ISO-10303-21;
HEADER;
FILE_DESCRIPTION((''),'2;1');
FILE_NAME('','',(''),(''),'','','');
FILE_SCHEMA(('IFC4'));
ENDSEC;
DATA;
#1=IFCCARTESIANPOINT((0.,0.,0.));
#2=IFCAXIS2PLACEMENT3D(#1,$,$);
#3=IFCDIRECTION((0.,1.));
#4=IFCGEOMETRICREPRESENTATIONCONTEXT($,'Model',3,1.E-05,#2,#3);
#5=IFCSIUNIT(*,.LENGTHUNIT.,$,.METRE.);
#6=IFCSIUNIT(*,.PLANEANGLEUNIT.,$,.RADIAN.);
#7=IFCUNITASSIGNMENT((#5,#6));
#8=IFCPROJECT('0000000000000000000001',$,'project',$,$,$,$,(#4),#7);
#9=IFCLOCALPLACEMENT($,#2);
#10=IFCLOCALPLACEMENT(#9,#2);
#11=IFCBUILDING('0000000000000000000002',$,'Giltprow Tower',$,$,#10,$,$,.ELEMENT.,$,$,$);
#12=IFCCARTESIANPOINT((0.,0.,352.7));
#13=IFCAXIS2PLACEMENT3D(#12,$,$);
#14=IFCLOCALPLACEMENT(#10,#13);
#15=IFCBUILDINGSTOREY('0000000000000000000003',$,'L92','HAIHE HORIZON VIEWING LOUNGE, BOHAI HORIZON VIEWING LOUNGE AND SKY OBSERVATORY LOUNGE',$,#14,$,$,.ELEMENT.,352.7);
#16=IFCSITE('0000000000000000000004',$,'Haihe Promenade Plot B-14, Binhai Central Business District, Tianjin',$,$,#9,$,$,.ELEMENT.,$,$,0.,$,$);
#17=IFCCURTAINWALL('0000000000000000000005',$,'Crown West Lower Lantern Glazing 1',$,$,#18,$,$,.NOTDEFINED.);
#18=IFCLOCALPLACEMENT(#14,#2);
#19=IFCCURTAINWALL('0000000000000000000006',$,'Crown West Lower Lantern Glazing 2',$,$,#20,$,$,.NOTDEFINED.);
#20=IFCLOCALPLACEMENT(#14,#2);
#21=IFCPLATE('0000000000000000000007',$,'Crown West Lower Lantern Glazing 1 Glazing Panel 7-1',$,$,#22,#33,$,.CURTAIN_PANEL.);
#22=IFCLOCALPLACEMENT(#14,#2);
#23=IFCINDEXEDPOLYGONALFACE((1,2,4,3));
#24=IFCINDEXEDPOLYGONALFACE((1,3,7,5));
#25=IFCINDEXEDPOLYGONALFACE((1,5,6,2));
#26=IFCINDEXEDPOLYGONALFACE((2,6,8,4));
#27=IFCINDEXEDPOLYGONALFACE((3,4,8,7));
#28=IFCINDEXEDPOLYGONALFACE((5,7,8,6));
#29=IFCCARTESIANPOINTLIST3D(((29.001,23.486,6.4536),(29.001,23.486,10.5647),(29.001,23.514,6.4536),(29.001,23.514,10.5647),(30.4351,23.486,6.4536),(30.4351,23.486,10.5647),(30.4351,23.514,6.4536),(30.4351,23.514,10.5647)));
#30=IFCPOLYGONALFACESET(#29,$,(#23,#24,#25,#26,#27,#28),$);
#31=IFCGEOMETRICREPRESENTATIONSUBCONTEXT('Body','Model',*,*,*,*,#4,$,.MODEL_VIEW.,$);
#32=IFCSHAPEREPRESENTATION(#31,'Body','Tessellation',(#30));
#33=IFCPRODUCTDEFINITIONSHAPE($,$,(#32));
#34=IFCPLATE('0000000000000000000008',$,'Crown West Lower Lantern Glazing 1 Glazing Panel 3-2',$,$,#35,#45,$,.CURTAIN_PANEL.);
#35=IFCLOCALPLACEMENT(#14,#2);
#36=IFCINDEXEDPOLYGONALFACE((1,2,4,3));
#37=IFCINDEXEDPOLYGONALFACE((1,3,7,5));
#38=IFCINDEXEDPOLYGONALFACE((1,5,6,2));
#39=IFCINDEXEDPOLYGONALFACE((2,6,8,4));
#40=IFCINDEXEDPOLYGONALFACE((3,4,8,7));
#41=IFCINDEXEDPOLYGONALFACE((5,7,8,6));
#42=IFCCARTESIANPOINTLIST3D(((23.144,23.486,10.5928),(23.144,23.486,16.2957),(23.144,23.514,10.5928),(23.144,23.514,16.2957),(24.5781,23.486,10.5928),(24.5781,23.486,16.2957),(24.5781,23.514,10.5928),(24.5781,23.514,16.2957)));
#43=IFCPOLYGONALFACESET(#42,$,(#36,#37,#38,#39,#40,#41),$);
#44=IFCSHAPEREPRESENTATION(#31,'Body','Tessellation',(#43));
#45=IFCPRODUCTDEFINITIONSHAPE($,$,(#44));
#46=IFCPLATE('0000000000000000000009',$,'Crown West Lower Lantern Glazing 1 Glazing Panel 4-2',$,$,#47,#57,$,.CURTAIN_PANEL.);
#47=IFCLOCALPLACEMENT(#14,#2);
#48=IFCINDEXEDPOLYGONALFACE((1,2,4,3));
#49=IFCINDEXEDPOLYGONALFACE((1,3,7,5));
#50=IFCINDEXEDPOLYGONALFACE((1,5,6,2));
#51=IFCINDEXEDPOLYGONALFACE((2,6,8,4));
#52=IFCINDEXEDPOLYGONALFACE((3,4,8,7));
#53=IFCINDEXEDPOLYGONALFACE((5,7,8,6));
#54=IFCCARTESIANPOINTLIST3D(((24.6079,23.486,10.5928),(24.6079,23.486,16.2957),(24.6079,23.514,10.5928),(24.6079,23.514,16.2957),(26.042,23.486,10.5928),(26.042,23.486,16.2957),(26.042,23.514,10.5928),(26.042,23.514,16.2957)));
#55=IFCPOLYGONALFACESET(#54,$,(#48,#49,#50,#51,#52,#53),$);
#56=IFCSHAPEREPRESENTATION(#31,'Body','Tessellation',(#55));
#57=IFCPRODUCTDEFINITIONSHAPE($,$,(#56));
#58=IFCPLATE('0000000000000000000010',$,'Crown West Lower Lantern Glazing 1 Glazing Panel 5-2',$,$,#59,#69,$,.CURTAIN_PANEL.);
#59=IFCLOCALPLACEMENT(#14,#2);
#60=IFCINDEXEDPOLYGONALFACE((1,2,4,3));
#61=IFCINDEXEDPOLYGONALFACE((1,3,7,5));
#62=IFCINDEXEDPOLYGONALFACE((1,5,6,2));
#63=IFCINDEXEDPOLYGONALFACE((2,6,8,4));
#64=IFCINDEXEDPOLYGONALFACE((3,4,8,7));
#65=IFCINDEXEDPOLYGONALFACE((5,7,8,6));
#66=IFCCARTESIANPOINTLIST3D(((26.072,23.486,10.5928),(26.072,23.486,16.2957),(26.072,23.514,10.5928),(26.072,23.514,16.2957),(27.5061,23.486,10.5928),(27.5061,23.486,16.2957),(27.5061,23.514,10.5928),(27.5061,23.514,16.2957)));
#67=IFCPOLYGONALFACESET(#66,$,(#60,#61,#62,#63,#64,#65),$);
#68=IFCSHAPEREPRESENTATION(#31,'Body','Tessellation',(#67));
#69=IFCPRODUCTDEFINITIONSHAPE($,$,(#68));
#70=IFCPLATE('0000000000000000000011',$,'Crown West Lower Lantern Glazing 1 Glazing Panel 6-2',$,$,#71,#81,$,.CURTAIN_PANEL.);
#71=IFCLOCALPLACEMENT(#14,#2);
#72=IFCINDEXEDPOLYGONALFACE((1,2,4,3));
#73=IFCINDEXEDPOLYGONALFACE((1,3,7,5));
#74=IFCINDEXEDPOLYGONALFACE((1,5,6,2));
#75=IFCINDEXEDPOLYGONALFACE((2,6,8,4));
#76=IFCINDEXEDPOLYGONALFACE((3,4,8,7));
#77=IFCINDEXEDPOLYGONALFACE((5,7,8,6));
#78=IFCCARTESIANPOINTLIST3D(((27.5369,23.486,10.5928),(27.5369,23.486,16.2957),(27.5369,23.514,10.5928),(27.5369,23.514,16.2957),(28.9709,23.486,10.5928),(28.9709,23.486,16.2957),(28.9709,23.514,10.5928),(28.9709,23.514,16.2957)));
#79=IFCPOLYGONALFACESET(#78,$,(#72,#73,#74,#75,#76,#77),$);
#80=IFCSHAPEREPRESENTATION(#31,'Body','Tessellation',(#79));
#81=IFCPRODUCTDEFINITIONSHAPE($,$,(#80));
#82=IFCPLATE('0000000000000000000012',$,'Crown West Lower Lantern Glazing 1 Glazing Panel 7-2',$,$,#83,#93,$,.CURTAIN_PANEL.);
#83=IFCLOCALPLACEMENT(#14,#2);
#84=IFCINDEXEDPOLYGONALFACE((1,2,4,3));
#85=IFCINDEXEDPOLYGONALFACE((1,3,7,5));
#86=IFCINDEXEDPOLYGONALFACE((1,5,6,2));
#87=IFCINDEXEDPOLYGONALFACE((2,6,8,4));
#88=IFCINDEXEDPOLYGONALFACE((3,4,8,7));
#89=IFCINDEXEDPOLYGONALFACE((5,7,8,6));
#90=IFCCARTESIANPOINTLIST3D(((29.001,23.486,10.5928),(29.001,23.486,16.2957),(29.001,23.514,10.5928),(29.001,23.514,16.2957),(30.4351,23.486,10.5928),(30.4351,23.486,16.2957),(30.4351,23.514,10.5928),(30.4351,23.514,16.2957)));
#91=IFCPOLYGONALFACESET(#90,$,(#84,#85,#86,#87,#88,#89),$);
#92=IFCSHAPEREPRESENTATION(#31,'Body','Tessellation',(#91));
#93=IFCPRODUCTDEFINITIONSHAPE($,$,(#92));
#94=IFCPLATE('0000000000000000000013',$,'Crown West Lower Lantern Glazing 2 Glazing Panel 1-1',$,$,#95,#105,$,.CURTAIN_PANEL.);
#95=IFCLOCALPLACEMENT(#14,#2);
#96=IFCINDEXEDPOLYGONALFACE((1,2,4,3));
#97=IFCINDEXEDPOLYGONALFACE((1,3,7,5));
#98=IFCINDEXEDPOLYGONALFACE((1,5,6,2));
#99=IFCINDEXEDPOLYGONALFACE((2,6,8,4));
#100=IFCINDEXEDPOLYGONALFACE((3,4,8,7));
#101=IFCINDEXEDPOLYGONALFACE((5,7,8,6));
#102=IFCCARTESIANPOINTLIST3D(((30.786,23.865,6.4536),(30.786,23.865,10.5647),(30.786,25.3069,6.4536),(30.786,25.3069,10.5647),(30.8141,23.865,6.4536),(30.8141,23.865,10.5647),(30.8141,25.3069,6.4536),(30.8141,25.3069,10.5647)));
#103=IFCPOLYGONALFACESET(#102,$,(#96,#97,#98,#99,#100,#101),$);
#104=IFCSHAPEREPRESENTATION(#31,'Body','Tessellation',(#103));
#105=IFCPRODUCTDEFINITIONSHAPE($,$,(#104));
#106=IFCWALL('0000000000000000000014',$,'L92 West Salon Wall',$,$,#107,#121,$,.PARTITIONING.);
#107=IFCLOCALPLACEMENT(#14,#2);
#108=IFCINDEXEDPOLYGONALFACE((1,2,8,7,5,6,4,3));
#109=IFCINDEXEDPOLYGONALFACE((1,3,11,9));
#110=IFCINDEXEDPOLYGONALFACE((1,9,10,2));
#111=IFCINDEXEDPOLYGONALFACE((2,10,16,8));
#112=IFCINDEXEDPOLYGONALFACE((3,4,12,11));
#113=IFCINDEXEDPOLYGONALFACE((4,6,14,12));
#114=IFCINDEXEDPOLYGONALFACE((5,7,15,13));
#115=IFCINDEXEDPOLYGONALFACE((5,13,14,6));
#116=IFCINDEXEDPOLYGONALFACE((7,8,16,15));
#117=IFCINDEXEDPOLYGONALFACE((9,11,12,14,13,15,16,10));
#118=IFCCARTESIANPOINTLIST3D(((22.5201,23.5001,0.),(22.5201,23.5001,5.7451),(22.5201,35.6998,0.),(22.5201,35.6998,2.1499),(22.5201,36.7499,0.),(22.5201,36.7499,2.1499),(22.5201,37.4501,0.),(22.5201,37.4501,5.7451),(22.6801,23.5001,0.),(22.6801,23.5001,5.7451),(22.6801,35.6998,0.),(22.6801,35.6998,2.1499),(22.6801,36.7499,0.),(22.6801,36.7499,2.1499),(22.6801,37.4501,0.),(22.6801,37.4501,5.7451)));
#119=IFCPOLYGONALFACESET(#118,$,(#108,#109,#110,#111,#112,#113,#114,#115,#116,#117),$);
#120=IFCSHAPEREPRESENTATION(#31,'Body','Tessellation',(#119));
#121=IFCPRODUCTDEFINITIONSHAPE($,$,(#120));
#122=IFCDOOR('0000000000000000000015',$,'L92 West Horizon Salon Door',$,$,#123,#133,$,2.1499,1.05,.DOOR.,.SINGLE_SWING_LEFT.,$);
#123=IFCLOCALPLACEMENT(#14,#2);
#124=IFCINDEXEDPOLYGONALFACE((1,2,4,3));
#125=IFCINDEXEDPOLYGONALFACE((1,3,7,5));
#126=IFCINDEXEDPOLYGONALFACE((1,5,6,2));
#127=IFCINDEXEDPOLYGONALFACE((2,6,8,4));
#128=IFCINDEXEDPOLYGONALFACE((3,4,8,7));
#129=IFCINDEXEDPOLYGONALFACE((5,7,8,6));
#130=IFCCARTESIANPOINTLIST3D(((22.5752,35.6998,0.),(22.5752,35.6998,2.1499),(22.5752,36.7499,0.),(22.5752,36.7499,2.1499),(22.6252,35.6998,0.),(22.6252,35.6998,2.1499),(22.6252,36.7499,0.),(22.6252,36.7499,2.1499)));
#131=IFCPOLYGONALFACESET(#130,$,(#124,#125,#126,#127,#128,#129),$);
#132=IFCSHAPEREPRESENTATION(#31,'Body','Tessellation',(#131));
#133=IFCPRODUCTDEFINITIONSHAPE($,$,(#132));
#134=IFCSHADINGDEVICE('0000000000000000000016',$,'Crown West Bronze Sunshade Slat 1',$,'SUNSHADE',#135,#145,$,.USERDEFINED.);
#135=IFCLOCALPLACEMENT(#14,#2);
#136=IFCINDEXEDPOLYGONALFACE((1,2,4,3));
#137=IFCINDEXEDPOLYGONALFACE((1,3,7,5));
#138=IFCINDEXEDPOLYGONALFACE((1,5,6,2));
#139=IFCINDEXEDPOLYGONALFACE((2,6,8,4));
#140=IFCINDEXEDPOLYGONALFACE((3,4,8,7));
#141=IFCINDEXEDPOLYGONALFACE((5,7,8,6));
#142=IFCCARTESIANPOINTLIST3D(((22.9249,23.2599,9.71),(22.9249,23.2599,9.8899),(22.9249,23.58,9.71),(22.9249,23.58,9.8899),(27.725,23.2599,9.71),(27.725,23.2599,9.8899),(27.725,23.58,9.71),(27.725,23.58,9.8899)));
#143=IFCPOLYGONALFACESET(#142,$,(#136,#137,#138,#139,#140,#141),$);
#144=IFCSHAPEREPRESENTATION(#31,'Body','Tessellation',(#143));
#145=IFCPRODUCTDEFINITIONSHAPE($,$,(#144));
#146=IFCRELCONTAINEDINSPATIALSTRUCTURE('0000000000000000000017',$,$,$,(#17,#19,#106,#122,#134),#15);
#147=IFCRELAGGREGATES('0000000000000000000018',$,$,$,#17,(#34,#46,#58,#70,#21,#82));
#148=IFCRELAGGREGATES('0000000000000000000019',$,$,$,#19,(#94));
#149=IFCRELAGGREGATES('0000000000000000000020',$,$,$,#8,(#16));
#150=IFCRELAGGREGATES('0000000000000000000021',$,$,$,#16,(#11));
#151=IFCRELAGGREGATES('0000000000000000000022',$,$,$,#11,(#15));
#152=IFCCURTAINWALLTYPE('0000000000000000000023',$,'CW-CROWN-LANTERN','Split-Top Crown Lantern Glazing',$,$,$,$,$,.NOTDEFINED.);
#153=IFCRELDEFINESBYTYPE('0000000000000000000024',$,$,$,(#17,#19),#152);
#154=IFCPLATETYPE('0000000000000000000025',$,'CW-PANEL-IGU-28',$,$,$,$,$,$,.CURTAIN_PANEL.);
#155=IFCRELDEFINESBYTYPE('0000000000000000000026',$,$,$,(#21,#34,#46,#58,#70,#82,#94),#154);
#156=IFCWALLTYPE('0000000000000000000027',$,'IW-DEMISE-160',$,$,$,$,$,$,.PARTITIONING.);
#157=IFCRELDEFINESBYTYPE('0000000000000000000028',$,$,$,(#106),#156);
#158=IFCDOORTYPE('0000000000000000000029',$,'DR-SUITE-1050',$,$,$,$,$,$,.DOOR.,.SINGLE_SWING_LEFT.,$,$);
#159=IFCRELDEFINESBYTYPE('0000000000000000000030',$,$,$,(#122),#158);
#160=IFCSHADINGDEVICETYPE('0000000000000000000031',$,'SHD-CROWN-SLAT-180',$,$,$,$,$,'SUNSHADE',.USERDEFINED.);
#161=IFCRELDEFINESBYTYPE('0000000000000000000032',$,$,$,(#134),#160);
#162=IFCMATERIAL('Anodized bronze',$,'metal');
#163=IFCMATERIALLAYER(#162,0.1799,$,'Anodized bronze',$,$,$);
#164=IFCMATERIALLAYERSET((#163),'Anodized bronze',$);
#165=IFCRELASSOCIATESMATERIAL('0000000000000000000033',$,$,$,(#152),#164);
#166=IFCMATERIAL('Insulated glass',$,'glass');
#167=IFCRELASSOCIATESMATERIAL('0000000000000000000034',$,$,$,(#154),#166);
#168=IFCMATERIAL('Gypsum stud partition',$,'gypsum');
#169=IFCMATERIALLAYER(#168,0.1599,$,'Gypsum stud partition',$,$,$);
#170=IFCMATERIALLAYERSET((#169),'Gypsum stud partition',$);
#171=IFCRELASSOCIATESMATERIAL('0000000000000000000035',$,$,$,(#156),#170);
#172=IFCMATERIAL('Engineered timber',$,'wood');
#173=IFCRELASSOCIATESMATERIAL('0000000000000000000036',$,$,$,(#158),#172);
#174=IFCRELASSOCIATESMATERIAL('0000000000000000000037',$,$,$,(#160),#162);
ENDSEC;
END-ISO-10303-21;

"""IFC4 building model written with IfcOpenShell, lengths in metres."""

from ifc_helpers import new_model, si_unit, direction, frame, frame_2d, origin, origin_2d, place, context, subcontext, project, spatial, rectangle, extrude, source, transform, mapped, material, layer, layer_set, type_object, element, fill, aggregate, save


model = new_model("IFC4")

# Units and contexts
model_context = context("Model", 3, precision=1e-05, world=origin(), true_north=direction((0.0, 1.0)))
body_context = subcontext(model_context, "Body", "Model", "MODEL_VIEW")
ifc_project = project(units=[si_unit("LENGTHUNIT", "METRE"), si_unit("PLANEANGLEUNIT", "RADIAN")], contexts=[model_context])

# Site, building, storey
site_placement = place(None, origin())
site = spatial("IfcSite", under=ifc_project, at=site_placement, Name="Haihe Promenade Plot B-14, Binhai Central Business District, Tianjin", CompositionType="ELEMENT", RefElevation=0.0)
building_placement = place(site_placement, origin())
building = spatial("IfcBuilding", under=site, at=building_placement, Name="Giltprow Tower", CompositionType="ELEMENT")
storey_placement = place(building_placement, frame((0.0, 0.0, 352.7)))
storey = spatial("IfcBuildingStorey", under=building, at=storey_placement, Name="L92", Description="HAIHE HORIZON VIEWING LOUNGE, BOHAI HORIZON VIEWING LOUNGE AND SKY OBSERVATORY LOUNGE", CompositionType="ELEMENT", Elevation=352.7)

# Curtain walls
ifc_material_1 = material(Name="Anodized bronze", Category="metal")
ifc_layer_1 = layer(ifc_material_1, 0.1799, Name="Anodized bronze")
ifc_layer_set_1 = layer_set([ifc_layer_1], Name="Anodized bronze")
curtain_wall_type = type_object("IfcCurtainWallType", Name="CW-CROWN-LANTERN", Description="Split-Top Crown Lantern Glazing", PredefinedType="NOTDEFINED", material=ifc_layer_set_1)
curtain_wall_1_placement = place(storey_placement, origin())
curtain_wall_1 = element("IfcCurtainWall", 1, at=curtain_wall_1_placement, inside=storey, type_object=curtain_wall_type, Name="Crown West Lower Lantern Glazing 1", PredefinedType="NOTDEFINED")
curtain_wall_2_placement = place(storey_placement, origin())
curtain_wall_2 = element("IfcCurtainWall", 2, at=curtain_wall_2_placement, inside=storey, type_object=curtain_wall_type, Name="Crown West Lower Lantern Glazing 2", PredefinedType="NOTDEFINED")

# Plates
ifc_material_2 = material(Name="Insulated glass", Category="glass")
plate_type_1 = type_object("IfcPlateType", Name="CW-PANEL-IGU-28", PredefinedType="CURTAIN_PANEL", material=ifc_material_2)
shared_shape_1 = source(origin(), body_context, "Body", "SweptSolid", [
    extrude(rectangle(XDim=1.4341, YDim=0.0281, at=origin_2d()), origin(), (0.0, 0.0, 1.0), 4.1111),
])
plate_1_placement = place(storey_placement, frame((29.718, 23.5, 6.4536), z_axis=(0.0, 0.0, 1.0), x_axis=(1.0, 0.0, 0.0)))
plate_1 = element("IfcPlate", 3, at=plate_1_placement, type_object=plate_type_1, Name="Crown West Lower Lantern Glazing 1 Glazing Panel 7-1", PredefinedType="CURTAIN_PANEL", context=body_context, shape_type="MappedRepresentation", body=[
    mapped(shared_shape_1, transform((0.0, 0.0, 0.0), x_axis=(1.0, 0.0, 0.0), y_axis=(0.0, 1.0, 0.0), z_axis=(0.0, 0.0, 1.0), scale=1.0)),
])
shared_shape_2 = source(origin(), body_context, "Body", "SweptSolid", [
    extrude(rectangle(XDim=1.4341, YDim=0.0281, at=origin_2d()), origin(), (0.0, 0.0, 1.0), 5.7029),
])
plate_2_placement = place(storey_placement, frame((23.8611, 23.5, 10.5928), z_axis=(0.0, 0.0, 1.0), x_axis=(1.0, 0.0, 0.0)))
plate_2 = element("IfcPlate", 4, at=plate_2_placement, type_object=plate_type_1, Name="Crown West Lower Lantern Glazing 1 Glazing Panel 3-2", PredefinedType="CURTAIN_PANEL", context=body_context, shape_type="MappedRepresentation", body=[
    mapped(shared_shape_2, transform((0.0, 0.0, 0.0), x_axis=(1.0, 0.0, 0.0), y_axis=(0.0, 1.0, 0.0), z_axis=(0.0, 0.0, 1.0), scale=1.0)),
])
plate_3_placement = place(storey_placement, frame((25.325, 23.5, 10.5928), z_axis=(0.0, 0.0, 1.0), x_axis=(1.0, 0.0, 0.0)))
plate_3 = element("IfcPlate", 5, at=plate_3_placement, type_object=plate_type_1, Name="Crown West Lower Lantern Glazing 1 Glazing Panel 4-2", PredefinedType="CURTAIN_PANEL", context=body_context, shape_type="MappedRepresentation", body=[
    mapped(shared_shape_2, transform((0.0, 0.0, 0.0), x_axis=(1.0, 0.0, 0.0), y_axis=(0.0, 1.0, 0.0), z_axis=(0.0, 0.0, 1.0), scale=1.0)),
])
plate_4_placement = place(storey_placement, frame((26.7891, 23.5, 10.5928), z_axis=(0.0, 0.0, 1.0), x_axis=(1.0, 0.0, 0.0)))
plate_4 = element("IfcPlate", 6, at=plate_4_placement, type_object=plate_type_1, Name="Crown West Lower Lantern Glazing 1 Glazing Panel 5-2", PredefinedType="CURTAIN_PANEL", context=body_context, shape_type="MappedRepresentation", body=[
    mapped(shared_shape_2, transform((0.0, 0.0, 0.0), x_axis=(1.0, 0.0, 0.0), y_axis=(0.0, 1.0, 0.0), z_axis=(0.0, 0.0, 1.0), scale=1.0)),
])
plate_5_placement = place(storey_placement, frame((28.2539, 23.5, 10.5928), z_axis=(0.0, 0.0, 1.0), x_axis=(1.0, 0.0, 0.0)))
plate_5 = element("IfcPlate", 7, at=plate_5_placement, type_object=plate_type_1, Name="Crown West Lower Lantern Glazing 1 Glazing Panel 6-2", PredefinedType="CURTAIN_PANEL", context=body_context, shape_type="MappedRepresentation", body=[
    mapped(shared_shape_2, transform((0.0, 0.0, 0.0), x_axis=(1.0, 0.0, 0.0), y_axis=(0.0, 1.0, 0.0), z_axis=(0.0, 0.0, 1.0), scale=1.0)),
])
plate_6_placement = place(storey_placement, frame((29.718, 23.5, 10.5928), z_axis=(0.0, 0.0, 1.0), x_axis=(1.0, 0.0, 0.0)))
plate_6 = element("IfcPlate", 8, at=plate_6_placement, type_object=plate_type_1, Name="Crown West Lower Lantern Glazing 1 Glazing Panel 7-2", PredefinedType="CURTAIN_PANEL", context=body_context, shape_type="MappedRepresentation", body=[
    mapped(shared_shape_2, transform((0.0, 0.0, 0.0), x_axis=(1.0, 0.0, 0.0), y_axis=(0.0, 1.0, 0.0), z_axis=(0.0, 0.0, 1.0), scale=1.0)),
])
aggregate(curtain_wall_1, [plate_2, plate_3, plate_4, plate_5, plate_1, plate_6])
shared_shape_3 = source(origin(), body_context, "Body", "SweptSolid", [
    extrude(rectangle(XDim=1.4419, YDim=0.0281, at=origin_2d()), origin(), (0.0, 0.0, 1.0), 4.1111),
])
plate_7_placement = place(storey_placement, frame((30.8, 24.5859, 6.4536), z_axis=(0.0, 0.0, 1.0), x_axis=(0.0, 1.0, 0.0)))
plate_7 = element("IfcPlate", 9, at=plate_7_placement, type_object=plate_type_1, Name="Crown West Lower Lantern Glazing 2 Glazing Panel 1-1", PredefinedType="CURTAIN_PANEL", context=body_context, shape_type="MappedRepresentation", body=[
    mapped(shared_shape_3, transform((0.0, 0.0, 0.0), x_axis=(1.0, 0.0, 0.0), y_axis=(0.0, 1.0, 0.0), z_axis=(0.0, 0.0, 1.0), scale=1.0)),
])
aggregate(curtain_wall_2, [plate_7])

# Wall, opening, door
ifc_material_3 = material(Name="Gypsum stud partition", Category="gypsum")
ifc_layer_2 = layer(ifc_material_3, 0.1599, Name="Gypsum stud partition")
ifc_layer_set_2 = layer_set([ifc_layer_2], Name="Gypsum stud partition")
wall_type = type_object("IfcWallType", Name="IW-DEMISE-160", PredefinedType="PARTITIONING", material=ifc_layer_set_2)
wall_placement = place(storey_placement, frame((22.6001, 23.5, 0.0), z_axis=(0.0, 0.0, 1.0), x_axis=(0.0, 1.0, 0.0)))
wall = element("IfcWall", 10, at=wall_placement, inside=storey, type_object=wall_type, Name="L92 West Salon Wall", PredefinedType="PARTITIONING", context=body_context, shape_type="SweptSolid", body=[
    extrude(rectangle(XDim=13.95, YDim=0.1599, at=frame_2d((6.9751, 0.0))), origin(), (0.0, 0.0, 1.0), 5.7451),
])
opening_placement = place(wall_placement, frame((12.2, 0.0, 0.0)))
opening = element("IfcOpeningElement", 11, at=opening_placement, cuts=wall, PredefinedType="OPENING", context=body_context, shape_type="SweptSolid", body=[
    extrude(rectangle(XDim=1.05, YDim=2.1499, at=frame_2d((0.5249, 1.075))), frame((0.0, 0.0898, 0.0), z_axis=(0.0, -1.0, 0.0), x_axis=(1.0, 0.0, 0.0)), (0.0, 0.0, 1.0), 0.1799),
])
ifc_material_4 = material(Name="Engineered timber", Category="wood")
door_type = type_object("IfcDoorType", Name="DR-SUITE-1050", OperationType="SINGLE_SWING_LEFT", PredefinedType="DOOR", material=ifc_material_4)
shared_shape_4 = source(origin(), body_context, "Body", "SweptSolid", [
    extrude(rectangle(XDim=1.05, YDim=2.1499, at=frame_2d((0.5249, 1.075))), frame((0.0, 0.0249, 0.0), z_axis=(0.0, -1.0, 0.0), x_axis=(1.0, 0.0, 0.0)), (0.0, 0.0, 1.0), 0.05),
])
door_placement = place(opening_placement, origin())
door = element("IfcDoor", 12, at=door_placement, inside=storey, type_object=door_type, Name="L92 West Horizon Salon Door", OperationType="SINGLE_SWING_LEFT", OverallHeight=2.1499, OverallWidth=1.05, PredefinedType="DOOR", context=body_context, shape_type="MappedRepresentation", body=[
    mapped(shared_shape_4, transform((0.0, 0.0, 0.0), x_axis=(1.0, 0.0, 0.0), y_axis=(0.0, 1.0, 0.0), z_axis=(0.0, 0.0, 1.0), scale=1.0)),
])
fill(opening, door)

# Shading device
shading_device_type = type_object("IfcShadingDeviceType", Name="SHD-CROWN-SLAT-180", ElementType="SUNSHADE", PredefinedType="USERDEFINED", material=ifc_material_1)
shared_shape_5 = source(origin(), body_context, "Body", "SweptSolid", [
    extrude(rectangle(XDim=4.8, YDim=0.3201, at=origin_2d()), origin(), (0.0, 0.0, 1.0), 0.1799),
])
shading_device_placement = place(storey_placement, frame((25.325, 23.4199, 9.71), z_axis=(0.0, 0.0, 1.0), x_axis=(1.0, 0.0, 0.0)))
element("IfcShadingDevice", 13, at=shading_device_placement, inside=storey, type_object=shading_device_type, Name="Crown West Bronze Sunshade Slat 1", ObjectType="SUNSHADE", PredefinedType="USERDEFINED", context=body_context, shape_type="MappedRepresentation", body=[
    mapped(shared_shape_5, transform((0.0, 0.0, 0.0), x_axis=(1.0, 0.0, 0.0), y_axis=(0.0, 1.0, 0.0), z_axis=(0.0, 0.0, 1.0), scale=1.0)),
])

save(model, "model.ifc")
